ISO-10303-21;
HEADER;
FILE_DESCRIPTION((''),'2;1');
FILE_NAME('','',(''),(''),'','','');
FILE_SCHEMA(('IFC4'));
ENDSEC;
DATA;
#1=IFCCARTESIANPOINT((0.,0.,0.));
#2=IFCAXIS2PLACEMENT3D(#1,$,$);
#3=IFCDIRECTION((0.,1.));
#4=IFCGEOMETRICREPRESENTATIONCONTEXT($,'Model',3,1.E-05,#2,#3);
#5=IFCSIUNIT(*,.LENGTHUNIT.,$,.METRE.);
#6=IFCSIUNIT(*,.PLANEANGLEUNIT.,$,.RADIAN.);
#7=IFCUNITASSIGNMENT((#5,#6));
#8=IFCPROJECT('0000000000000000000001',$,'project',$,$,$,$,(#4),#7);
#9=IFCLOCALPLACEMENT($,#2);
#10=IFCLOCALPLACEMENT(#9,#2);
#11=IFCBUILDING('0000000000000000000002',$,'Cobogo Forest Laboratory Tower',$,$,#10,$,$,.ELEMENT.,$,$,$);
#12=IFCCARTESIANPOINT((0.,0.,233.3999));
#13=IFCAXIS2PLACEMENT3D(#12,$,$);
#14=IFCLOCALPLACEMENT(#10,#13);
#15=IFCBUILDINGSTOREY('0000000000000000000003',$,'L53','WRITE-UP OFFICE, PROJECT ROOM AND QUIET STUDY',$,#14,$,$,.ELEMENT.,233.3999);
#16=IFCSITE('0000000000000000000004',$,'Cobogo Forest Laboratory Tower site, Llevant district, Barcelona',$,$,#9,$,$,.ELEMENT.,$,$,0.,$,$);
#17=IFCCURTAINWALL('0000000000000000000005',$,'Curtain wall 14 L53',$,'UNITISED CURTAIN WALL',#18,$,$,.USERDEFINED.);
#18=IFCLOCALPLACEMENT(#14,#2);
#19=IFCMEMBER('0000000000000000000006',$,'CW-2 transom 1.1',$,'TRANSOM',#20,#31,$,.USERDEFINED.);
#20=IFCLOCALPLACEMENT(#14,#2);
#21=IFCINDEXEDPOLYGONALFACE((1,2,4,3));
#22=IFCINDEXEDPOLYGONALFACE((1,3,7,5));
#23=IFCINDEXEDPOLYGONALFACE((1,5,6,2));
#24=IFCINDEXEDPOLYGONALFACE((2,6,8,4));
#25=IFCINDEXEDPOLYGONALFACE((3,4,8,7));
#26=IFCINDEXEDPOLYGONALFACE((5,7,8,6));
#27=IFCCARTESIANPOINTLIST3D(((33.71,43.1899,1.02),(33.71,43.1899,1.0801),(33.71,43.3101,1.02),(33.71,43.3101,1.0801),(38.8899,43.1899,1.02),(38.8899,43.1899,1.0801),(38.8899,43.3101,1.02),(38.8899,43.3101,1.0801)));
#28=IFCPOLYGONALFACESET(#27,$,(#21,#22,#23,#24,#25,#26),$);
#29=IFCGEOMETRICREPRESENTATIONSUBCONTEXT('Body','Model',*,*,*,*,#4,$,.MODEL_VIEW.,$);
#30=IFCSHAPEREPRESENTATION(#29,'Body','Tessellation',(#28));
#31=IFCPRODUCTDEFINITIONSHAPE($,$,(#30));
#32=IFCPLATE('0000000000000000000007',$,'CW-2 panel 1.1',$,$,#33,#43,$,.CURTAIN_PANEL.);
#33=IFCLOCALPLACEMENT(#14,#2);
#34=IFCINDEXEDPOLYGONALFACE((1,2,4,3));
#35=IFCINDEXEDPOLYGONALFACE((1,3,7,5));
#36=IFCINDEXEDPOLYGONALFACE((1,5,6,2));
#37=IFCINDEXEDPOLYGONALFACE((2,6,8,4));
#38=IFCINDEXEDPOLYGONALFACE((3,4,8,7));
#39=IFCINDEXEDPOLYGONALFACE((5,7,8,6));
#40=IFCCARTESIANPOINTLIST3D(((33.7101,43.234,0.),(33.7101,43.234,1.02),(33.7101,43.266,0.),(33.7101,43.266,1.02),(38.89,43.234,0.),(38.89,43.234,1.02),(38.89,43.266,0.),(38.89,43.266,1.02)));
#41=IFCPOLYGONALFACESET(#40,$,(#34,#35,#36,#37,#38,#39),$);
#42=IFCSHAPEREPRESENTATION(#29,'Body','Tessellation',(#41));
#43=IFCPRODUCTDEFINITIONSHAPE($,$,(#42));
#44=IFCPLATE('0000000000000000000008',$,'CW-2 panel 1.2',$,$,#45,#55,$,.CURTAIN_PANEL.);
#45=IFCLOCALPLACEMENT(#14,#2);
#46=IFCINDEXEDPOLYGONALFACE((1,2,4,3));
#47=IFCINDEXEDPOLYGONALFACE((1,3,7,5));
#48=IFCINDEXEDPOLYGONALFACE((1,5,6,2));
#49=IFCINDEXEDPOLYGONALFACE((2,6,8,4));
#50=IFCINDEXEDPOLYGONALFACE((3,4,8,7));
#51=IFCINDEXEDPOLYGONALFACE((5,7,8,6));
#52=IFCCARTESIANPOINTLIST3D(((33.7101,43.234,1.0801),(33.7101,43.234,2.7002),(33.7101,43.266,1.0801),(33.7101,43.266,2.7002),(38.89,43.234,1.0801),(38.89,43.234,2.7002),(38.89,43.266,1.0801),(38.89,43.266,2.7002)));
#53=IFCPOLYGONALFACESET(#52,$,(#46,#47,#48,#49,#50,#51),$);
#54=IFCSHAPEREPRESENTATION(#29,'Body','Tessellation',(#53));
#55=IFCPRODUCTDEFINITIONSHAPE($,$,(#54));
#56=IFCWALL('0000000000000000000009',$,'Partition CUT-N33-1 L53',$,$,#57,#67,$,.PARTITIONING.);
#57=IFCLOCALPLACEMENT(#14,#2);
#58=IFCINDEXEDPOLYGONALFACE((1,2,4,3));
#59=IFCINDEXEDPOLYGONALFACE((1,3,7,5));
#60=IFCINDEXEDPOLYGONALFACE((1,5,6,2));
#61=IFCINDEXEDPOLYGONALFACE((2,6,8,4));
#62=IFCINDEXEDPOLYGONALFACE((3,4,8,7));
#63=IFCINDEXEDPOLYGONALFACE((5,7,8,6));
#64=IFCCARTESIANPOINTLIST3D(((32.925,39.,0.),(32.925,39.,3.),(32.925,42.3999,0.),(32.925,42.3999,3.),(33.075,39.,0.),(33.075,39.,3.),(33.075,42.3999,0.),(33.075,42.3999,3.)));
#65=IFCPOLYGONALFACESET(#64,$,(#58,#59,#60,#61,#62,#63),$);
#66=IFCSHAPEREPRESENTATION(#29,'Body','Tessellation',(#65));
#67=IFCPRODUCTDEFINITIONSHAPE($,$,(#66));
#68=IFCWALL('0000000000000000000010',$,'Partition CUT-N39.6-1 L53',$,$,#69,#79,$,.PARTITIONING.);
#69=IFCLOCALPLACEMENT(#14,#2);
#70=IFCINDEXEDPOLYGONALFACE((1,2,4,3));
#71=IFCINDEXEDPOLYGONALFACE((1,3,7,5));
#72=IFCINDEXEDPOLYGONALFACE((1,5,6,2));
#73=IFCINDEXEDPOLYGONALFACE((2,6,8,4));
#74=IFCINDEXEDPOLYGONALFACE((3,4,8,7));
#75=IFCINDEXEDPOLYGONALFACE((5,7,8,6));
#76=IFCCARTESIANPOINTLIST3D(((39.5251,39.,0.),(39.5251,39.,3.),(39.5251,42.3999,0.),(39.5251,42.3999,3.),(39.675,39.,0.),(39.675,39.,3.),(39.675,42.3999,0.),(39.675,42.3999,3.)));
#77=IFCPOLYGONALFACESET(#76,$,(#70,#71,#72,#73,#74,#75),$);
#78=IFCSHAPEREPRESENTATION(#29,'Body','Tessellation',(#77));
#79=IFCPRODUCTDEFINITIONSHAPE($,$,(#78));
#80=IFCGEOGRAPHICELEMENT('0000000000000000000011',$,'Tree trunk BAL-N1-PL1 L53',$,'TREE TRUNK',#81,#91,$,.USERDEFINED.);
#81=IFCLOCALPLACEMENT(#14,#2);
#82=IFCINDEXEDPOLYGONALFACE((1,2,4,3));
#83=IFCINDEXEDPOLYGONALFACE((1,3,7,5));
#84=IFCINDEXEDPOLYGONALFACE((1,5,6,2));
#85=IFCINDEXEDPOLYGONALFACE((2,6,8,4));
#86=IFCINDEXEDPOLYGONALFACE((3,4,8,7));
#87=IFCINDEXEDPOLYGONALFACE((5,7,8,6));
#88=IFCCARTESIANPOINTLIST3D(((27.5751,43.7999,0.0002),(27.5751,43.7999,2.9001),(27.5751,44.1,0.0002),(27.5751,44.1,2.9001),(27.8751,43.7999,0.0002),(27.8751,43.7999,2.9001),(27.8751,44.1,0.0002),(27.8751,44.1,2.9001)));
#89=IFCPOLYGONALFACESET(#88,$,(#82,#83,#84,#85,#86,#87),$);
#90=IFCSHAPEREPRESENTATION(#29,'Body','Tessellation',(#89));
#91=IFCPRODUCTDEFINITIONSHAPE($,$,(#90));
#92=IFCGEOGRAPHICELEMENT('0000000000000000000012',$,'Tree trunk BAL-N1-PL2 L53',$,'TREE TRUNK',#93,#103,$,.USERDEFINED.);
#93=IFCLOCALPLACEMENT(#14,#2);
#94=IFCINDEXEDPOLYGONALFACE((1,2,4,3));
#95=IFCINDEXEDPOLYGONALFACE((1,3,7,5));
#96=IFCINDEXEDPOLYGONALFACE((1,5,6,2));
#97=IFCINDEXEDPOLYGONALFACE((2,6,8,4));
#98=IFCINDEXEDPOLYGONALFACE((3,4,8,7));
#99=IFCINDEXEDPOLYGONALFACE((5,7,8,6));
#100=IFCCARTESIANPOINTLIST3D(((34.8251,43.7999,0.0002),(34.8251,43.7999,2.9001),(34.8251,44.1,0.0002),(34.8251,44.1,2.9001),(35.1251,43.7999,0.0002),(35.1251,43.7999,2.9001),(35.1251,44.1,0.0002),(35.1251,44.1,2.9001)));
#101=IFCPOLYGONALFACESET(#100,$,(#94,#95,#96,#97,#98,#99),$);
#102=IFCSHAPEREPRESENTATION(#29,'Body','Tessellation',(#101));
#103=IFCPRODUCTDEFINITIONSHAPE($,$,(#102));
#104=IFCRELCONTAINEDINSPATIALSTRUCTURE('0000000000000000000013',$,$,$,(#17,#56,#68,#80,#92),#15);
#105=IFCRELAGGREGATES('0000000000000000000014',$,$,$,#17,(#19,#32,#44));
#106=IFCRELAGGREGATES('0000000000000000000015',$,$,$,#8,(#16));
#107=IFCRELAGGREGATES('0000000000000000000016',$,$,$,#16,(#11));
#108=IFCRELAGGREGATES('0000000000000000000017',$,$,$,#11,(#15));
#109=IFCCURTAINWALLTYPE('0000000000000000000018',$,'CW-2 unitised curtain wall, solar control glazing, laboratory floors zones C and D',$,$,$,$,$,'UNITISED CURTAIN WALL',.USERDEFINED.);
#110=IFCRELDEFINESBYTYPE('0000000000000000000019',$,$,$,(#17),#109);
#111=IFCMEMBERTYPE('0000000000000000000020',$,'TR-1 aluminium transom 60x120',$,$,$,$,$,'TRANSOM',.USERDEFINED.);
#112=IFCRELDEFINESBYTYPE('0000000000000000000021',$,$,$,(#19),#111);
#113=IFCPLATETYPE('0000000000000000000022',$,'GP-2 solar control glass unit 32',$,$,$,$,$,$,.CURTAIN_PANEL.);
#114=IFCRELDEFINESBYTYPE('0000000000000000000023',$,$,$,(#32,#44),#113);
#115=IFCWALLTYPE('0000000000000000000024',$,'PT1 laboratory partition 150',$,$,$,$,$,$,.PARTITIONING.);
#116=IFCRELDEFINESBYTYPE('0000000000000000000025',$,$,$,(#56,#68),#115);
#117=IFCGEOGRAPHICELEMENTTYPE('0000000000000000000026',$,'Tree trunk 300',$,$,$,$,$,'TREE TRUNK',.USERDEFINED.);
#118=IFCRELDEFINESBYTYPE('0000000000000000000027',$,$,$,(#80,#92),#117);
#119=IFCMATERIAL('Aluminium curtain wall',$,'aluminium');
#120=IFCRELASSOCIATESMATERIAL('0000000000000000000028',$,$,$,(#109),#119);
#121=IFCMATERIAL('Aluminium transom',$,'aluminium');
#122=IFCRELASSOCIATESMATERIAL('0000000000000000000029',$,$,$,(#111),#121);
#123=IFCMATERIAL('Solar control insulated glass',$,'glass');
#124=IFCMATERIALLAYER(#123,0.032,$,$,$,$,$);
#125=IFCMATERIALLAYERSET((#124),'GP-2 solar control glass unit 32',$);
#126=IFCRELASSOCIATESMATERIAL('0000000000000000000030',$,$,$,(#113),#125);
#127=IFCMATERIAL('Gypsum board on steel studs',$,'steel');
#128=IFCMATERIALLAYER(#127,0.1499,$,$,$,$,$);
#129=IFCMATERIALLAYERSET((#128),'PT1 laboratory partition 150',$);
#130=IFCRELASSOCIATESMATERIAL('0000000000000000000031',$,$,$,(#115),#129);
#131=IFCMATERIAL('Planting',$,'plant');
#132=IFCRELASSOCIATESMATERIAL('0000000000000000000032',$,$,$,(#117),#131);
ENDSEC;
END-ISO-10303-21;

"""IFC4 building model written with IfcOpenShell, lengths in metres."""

from ifc_helpers import new_model, si_unit, direction, frame, frame_2d, origin, origin_2d, place, context, subcontext, project, spatial, rectangle, extrude, material, layer, layer_set, material_profile, profile_set, type_object, element, aggregate, save


model = new_model("IFC4")

# Units and contexts
model_context = context("Model", 3, precision=1e-05, world=origin(), true_north=direction((0.0, 1.0)))
body_context = subcontext(model_context, "Body", "Model", "MODEL_VIEW")
ifc_project = project(units=[si_unit("LENGTHUNIT", "METRE"), si_unit("PLANEANGLEUNIT", "RADIAN")], contexts=[model_context])

# Site, building, storey
site_placement = place(None, origin())
site = spatial("IfcSite", under=ifc_project, at=site_placement, Name="Cobogo Forest Laboratory Tower site, Llevant district, Barcelona", CompositionType="ELEMENT", RefElevation=0.0)
building_placement = place(site_placement, origin())
building = spatial("IfcBuilding", under=site, at=building_placement, Name="Cobogo Forest Laboratory Tower", CompositionType="ELEMENT")
storey_placement = place(building_placement, frame((0.0, 0.0, 233.3999)))
storey = spatial("IfcBuildingStorey", under=building, at=storey_placement, Name="L53", Description="WRITE-UP OFFICE, PROJECT ROOM AND QUIET STUDY", CompositionType="ELEMENT", Elevation=233.3999)

# Curtain wall
ifc_material_1 = material(Name="Aluminium curtain wall", Category="aluminium")
curtain_wall_type = type_object("IfcCurtainWallType", Name="CW-2 unitised curtain wall, solar control glazing, laboratory floors zones C and D", ElementType="UNITISED CURTAIN WALL", PredefinedType="USERDEFINED", material=ifc_material_1)
curtain_wall_1_placement = place(storey_placement, origin())
curtain_wall_1 = element("IfcCurtainWall", 1, at=curtain_wall_1_placement, inside=storey, type_object=curtain_wall_type, Name="Curtain wall 14 L53", ObjectType="UNITISED CURTAIN WALL", PredefinedType="USERDEFINED")

# Member
ifc_material_2 = material(Name="Aluminium transom", Category="aluminium")
ifc_material_profile_1 = material_profile(ifc_material_2, rectangle(XDim=0.1201, YDim=0.0601, at=origin_2d()), Name="AL 60x120")
ifc_profile_set_1 = profile_set([ifc_material_profile_1], Name="Aluminium transom")
member_type_1 = type_object("IfcMemberType", Name="TR-1 aluminium transom 60x120", ElementType="TRANSOM", PredefinedType="USERDEFINED", material=ifc_profile_set_1)
member_1_placement = place(storey_placement, frame((38.8899, 43.25, 1.05), z_axis=(-1.0, 0.0, 0.0), x_axis=(0.0, -1.0, 0.0)))
member_1 = element("IfcMember", 2, at=member_1_placement, type_object=member_type_1, Name="CW-2 transom 1.1", ObjectType="TRANSOM", PredefinedType="USERDEFINED", context=body_context, shape_type="SweptSolid", body=[
    extrude(rectangle(XDim=0.1201, YDim=0.0601, at=origin_2d()), origin(), (0.0, 0.0, 1.0), 5.1799),
])

# Plates
ifc_material_3 = material(Name="Solar control insulated glass", Category="glass")
ifc_layer_1 = layer(ifc_material_3, 0.032)
ifc_layer_set_1 = layer_set([ifc_layer_1], Name="GP-2 solar control glass unit 32")
plate_type = type_object("IfcPlateType", Name="GP-2 solar control glass unit 32", PredefinedType="CURTAIN_PANEL", material=ifc_layer_set_1)
plate_1_placement = place(storey_placement, frame((36.3, 43.25, 0.0), z_axis=(0.0, 0.0, 1.0), x_axis=(-1.0, 0.0, 0.0)))
plate_1 = element("IfcPlate", 3, at=plate_1_placement, type_object=plate_type, Name="CW-2 panel 1.1", PredefinedType="CURTAIN_PANEL", context=body_context, shape_type="SweptSolid", body=[
    extrude(rectangle(XDim=5.1799, YDim=0.032, at=origin_2d()), origin(), (0.0, 0.0, 1.0), 1.02),
])
plate_2_placement = place(storey_placement, frame((36.3, 43.25, 1.0801), z_axis=(0.0, 0.0, 1.0), x_axis=(-1.0, 0.0, 0.0)))
plate_2 = element("IfcPlate", 4, at=plate_2_placement, type_object=plate_type, Name="CW-2 panel 1.2", PredefinedType="CURTAIN_PANEL", context=body_context, shape_type="SweptSolid", body=[
    extrude(rectangle(XDim=5.1799, YDim=0.032, at=origin_2d()), origin(), (0.0, 0.0, 1.0), 1.6201),
])
aggregate(curtain_wall_1, [member_1, plate_1, plate_2])

# Walls
ifc_material_4 = material(Name="Gypsum board on steel studs", Category="steel")
ifc_layer_2 = layer(ifc_material_4, 0.1499)
ifc_layer_set_2 = layer_set([ifc_layer_2], Name="PT1 laboratory partition 150")
wall_type_1 = type_object("IfcWallType", Name="PT1 laboratory partition 150", PredefinedType="PARTITIONING", material=ifc_layer_set_2)
for number, where, z_axis, x_axis, name in (
    (5, (33.0, 42.3999, 0.0), (0.0, 0.0, 1.0), (0.0, -1.0, 0.0), "Partition CUT-N33-1 L53"),
    (6, (39.6001, 42.3999, 0.0), (0.0, 0.0, 1.0), (0.0, -1.0, 0.0), "Partition CUT-N39.6-1 L53"),
):
    element("IfcWall", number, at=place(storey_placement, frame(where, z_axis=z_axis, x_axis=x_axis)), inside=storey, type_object=wall_type_1, Name=name, PredefinedType="PARTITIONING", context=body_context, shape_type="SweptSolid", body=[
        extrude(rectangle(XDim=3.3999, YDim=0.1499, at=frame_2d((1.7, 0.0))), origin(), (0.0, 0.0, 1.0), 3.0),
    ])

# Geographic elements
ifc_material_5 = material(Name="Planting", Category="plant")
geographic_element_type = type_object("IfcGeographicElementType", Name="Tree trunk 300", ElementType="TREE TRUNK", PredefinedType="USERDEFINED", material=ifc_material_5)
for number, where, z_axis, x_axis, name in (
    (7, (27.7251, 43.95, 0.0002), (0.0, 0.0, 1.0), (1.0, 0.0, 0.0), "Tree trunk BAL-N1-PL1 L53"),
    (8, (34.9751, 43.95, 0.0002), (0.0, 0.0, 1.0), (1.0, 0.0, 0.0), "Tree trunk BAL-N1-PL2 L53"),
):
    element("IfcGeographicElement", number, at=place(storey_placement, frame(where, z_axis=z_axis, x_axis=x_axis)), inside=storey, type_object=geographic_element_type, Name=name, ObjectType="TREE TRUNK", PredefinedType="USERDEFINED", context=body_context, shape_type="SweptSolid", body=[
        extrude(rectangle(XDim=0.3, YDim=0.3, at=origin_2d()), origin(), (0.0, 0.0, 1.0), 2.8999),
    ])

save(model, "model.ifc")
